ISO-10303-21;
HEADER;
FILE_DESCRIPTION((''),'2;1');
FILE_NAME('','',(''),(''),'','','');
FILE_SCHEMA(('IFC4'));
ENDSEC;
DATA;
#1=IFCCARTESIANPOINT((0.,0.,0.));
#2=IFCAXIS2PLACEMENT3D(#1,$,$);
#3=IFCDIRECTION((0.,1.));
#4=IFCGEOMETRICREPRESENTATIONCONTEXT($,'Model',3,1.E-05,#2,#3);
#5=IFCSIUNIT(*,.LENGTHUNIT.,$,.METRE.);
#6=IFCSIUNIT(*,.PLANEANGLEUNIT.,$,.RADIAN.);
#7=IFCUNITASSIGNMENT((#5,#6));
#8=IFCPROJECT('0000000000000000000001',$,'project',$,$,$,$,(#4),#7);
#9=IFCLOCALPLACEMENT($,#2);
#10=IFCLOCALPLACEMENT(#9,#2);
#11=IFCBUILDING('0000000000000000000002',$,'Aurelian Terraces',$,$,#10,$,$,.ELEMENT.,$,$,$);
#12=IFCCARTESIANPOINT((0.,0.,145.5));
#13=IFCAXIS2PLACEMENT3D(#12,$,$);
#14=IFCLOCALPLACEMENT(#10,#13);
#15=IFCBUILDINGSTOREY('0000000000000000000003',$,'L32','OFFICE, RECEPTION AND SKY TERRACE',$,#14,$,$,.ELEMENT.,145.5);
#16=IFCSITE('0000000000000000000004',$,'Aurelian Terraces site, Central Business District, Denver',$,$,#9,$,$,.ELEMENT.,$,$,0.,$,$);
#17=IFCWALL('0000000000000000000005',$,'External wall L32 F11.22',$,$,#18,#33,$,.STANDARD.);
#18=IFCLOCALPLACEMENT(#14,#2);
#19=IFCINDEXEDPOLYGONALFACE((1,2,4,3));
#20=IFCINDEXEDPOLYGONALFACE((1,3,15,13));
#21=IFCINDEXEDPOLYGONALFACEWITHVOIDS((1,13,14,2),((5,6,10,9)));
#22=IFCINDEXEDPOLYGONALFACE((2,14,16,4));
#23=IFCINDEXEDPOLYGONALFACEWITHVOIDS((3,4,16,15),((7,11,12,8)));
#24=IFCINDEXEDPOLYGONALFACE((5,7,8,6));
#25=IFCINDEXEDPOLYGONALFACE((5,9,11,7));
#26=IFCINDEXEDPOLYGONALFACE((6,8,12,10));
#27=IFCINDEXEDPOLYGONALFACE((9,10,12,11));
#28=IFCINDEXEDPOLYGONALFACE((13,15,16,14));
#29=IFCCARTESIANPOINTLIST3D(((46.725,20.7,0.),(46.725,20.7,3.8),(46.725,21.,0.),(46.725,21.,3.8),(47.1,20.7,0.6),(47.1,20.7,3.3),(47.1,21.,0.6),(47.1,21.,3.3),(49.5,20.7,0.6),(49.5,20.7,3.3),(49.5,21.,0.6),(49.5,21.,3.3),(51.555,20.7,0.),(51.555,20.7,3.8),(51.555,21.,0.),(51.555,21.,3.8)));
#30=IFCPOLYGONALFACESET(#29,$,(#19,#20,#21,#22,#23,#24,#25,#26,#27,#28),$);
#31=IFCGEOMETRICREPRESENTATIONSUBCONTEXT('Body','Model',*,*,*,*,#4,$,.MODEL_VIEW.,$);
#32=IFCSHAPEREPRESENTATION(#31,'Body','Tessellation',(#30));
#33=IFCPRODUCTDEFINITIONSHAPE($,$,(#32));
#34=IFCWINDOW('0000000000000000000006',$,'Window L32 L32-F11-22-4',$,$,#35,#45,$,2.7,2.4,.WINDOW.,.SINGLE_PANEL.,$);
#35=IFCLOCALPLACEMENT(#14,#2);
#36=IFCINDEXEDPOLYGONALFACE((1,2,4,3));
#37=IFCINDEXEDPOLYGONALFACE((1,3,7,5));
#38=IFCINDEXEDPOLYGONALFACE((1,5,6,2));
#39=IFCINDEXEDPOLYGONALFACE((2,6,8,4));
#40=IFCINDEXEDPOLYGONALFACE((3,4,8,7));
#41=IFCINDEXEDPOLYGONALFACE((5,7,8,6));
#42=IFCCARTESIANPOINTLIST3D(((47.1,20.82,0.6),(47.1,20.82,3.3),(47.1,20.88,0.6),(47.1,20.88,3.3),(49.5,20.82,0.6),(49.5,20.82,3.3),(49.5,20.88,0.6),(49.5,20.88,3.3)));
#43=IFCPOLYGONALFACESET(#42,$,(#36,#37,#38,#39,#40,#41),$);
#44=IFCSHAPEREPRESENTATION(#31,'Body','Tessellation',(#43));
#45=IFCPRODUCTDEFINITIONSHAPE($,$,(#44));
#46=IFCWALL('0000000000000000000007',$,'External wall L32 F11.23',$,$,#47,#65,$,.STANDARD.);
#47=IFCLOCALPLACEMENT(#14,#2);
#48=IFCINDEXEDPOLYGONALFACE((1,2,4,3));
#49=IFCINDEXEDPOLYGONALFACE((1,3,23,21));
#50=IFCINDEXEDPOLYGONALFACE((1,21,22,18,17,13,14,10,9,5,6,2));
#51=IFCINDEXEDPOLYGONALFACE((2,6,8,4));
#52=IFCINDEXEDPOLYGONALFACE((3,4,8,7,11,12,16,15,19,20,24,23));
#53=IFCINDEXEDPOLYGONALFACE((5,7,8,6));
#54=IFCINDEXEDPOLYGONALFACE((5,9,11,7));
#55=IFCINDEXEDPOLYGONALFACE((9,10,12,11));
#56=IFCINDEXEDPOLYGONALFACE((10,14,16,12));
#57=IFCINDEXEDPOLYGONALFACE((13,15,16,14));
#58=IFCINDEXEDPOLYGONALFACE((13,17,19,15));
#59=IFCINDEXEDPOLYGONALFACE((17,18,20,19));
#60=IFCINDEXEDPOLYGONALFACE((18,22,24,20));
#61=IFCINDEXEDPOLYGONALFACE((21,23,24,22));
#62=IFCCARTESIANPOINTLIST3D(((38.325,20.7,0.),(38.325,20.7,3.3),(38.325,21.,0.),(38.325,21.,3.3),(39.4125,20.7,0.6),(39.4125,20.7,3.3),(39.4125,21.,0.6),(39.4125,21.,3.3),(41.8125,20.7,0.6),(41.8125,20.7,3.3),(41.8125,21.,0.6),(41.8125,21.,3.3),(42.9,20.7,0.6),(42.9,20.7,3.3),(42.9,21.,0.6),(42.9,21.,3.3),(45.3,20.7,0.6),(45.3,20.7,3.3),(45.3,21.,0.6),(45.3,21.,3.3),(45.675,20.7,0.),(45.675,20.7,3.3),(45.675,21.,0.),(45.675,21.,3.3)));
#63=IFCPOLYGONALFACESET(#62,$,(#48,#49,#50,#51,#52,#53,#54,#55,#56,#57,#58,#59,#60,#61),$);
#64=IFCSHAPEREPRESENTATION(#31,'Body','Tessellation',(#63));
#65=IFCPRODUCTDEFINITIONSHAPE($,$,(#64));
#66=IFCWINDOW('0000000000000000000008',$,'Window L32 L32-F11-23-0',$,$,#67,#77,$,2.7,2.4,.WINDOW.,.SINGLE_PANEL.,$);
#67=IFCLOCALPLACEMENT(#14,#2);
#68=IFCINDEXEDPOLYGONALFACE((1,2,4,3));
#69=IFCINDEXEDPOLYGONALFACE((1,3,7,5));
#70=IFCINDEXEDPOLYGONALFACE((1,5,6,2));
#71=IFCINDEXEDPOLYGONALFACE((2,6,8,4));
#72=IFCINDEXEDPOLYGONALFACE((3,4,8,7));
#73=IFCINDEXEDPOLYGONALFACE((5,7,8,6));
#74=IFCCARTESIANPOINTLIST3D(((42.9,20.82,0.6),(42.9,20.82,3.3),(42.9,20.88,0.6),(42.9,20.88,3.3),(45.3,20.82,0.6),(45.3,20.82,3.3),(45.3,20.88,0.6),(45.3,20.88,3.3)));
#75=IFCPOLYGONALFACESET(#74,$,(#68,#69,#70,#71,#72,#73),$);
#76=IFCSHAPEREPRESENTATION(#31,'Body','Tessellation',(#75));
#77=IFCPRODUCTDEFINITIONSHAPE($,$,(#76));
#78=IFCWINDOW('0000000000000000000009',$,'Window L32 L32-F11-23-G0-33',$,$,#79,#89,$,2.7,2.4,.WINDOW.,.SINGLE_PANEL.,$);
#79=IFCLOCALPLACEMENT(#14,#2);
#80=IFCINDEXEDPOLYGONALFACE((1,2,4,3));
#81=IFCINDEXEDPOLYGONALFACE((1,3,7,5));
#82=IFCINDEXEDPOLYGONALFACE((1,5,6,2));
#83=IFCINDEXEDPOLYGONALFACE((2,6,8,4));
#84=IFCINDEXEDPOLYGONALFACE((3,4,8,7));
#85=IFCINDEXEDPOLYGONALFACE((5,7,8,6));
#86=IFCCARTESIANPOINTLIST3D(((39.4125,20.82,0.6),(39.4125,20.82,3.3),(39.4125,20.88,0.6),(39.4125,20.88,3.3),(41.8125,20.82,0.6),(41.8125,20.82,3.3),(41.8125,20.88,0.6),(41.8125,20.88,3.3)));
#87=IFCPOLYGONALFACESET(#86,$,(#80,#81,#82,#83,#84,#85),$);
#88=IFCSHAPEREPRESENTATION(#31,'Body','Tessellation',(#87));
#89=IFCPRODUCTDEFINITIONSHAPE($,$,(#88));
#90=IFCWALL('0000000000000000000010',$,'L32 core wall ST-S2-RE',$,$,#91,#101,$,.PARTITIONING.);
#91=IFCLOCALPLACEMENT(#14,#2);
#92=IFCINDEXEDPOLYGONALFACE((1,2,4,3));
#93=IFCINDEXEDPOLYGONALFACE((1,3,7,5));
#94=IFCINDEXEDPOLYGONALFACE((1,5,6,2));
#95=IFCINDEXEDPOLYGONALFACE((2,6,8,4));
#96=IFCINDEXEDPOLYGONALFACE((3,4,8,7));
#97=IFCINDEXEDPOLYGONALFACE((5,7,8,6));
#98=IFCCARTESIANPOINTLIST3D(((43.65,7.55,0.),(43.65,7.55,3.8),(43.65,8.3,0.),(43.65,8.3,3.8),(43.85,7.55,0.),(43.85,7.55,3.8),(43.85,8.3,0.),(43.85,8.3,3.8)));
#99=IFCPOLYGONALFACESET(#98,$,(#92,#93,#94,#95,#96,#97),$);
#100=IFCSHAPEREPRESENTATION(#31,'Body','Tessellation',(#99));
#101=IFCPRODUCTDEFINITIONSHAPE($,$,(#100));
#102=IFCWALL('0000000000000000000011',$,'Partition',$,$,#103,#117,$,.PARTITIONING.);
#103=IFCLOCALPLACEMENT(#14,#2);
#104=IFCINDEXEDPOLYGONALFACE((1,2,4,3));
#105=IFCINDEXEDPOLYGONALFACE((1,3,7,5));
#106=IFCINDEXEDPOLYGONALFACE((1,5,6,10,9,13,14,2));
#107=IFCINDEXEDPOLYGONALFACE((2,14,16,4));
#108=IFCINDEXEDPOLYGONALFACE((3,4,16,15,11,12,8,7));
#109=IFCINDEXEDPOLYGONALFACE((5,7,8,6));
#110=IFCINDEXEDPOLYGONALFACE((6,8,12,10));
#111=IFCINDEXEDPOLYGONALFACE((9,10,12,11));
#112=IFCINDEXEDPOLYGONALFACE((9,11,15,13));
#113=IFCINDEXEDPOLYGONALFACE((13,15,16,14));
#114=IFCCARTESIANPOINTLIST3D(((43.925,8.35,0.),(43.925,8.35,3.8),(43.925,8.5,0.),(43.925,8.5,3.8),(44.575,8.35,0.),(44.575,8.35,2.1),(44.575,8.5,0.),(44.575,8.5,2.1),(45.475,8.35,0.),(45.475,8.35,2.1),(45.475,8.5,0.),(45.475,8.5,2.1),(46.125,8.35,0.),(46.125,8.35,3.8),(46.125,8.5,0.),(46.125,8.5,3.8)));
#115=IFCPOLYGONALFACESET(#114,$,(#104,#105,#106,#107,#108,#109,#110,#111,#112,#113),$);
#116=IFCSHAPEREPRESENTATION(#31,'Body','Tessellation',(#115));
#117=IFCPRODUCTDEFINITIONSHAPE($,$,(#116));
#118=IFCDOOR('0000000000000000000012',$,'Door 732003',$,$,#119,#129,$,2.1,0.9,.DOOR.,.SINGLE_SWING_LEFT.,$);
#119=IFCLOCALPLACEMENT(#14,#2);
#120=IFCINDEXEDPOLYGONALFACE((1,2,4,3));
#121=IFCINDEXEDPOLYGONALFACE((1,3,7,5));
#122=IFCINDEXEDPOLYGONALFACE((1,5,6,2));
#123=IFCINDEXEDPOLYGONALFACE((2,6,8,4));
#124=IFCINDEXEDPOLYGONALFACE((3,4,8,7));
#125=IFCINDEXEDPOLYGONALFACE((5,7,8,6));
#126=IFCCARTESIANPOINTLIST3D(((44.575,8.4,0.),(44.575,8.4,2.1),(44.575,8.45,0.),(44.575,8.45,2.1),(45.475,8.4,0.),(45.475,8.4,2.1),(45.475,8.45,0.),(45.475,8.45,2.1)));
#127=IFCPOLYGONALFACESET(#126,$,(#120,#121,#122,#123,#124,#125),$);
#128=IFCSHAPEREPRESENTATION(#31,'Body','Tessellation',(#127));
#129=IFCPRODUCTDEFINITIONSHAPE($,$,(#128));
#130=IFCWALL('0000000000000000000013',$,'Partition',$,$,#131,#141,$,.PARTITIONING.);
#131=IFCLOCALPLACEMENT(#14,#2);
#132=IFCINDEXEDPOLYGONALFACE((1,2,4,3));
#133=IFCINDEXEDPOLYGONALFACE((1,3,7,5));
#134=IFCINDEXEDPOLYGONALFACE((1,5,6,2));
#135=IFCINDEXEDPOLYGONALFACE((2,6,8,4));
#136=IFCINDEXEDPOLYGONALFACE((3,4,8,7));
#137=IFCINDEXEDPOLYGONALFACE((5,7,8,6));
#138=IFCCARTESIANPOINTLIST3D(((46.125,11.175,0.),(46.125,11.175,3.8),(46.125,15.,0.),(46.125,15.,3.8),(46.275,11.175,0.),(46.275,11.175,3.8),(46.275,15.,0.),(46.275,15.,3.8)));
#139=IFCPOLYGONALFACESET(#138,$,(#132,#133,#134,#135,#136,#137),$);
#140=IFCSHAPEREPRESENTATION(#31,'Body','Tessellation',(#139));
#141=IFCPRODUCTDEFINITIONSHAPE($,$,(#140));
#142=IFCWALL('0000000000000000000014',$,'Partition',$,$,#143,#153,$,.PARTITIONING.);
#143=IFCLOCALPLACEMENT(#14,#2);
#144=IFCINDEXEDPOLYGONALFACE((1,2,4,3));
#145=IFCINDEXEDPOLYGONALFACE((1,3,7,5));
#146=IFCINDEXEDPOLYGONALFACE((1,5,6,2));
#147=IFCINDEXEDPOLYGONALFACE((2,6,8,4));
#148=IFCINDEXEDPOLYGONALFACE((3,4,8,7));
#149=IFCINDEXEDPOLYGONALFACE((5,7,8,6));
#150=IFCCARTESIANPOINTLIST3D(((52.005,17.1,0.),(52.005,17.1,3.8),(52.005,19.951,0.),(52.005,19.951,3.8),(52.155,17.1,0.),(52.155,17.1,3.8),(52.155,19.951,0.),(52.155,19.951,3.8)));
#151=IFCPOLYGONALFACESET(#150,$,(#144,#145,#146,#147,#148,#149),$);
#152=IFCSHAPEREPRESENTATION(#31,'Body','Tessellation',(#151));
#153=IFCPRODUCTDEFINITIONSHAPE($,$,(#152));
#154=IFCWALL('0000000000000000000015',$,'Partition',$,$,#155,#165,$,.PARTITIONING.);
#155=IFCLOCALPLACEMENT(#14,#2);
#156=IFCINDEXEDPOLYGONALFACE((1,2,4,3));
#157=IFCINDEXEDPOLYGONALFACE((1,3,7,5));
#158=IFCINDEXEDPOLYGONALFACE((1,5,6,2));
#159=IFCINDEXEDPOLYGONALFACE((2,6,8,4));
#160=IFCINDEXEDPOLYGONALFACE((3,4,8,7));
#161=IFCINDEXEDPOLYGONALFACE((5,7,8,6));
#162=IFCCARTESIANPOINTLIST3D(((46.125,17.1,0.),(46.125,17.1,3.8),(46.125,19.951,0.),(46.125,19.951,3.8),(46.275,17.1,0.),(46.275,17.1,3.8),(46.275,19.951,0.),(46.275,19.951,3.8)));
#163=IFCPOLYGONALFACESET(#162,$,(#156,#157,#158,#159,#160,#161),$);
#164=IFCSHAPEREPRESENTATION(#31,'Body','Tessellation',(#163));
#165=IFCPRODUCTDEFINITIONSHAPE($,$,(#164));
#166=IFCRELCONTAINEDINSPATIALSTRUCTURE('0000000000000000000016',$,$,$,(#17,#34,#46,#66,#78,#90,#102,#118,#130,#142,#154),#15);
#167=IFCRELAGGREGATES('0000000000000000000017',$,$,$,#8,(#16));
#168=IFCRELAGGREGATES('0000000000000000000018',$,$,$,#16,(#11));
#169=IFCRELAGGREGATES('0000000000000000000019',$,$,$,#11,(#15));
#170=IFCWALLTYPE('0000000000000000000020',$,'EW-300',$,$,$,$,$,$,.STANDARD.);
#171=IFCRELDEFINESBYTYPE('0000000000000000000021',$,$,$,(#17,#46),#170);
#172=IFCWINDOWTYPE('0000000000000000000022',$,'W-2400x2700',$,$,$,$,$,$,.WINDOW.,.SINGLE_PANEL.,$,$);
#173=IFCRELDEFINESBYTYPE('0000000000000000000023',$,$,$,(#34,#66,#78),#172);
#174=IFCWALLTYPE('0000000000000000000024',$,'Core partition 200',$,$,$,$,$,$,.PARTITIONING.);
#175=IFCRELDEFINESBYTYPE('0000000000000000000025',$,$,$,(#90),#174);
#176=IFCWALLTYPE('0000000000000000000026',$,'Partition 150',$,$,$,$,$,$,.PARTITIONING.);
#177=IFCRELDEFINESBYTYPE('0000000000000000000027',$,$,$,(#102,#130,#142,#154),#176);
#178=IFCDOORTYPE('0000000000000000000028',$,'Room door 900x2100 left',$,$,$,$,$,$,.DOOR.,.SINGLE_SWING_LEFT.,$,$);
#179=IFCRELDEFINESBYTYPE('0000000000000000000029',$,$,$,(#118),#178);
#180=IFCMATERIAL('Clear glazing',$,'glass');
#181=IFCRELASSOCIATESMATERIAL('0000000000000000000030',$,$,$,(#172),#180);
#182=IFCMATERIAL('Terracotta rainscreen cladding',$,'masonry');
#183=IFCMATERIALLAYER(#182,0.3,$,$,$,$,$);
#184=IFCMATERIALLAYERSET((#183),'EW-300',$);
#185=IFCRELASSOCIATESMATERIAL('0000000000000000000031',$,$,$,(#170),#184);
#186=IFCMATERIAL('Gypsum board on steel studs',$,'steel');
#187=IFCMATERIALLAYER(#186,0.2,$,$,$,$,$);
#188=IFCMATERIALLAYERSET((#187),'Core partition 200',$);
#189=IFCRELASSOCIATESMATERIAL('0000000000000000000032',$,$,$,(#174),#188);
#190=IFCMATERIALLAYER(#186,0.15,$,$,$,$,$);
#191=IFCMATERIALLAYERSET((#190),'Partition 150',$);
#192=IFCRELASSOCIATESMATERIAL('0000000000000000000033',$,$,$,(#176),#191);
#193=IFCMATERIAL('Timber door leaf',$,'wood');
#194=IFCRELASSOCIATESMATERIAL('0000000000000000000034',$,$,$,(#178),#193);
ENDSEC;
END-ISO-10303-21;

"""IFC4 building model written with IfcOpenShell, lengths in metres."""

from ifc_helpers import new_model, si_unit, direction, frame, frame_2d, origin, place, context, subcontext, project, spatial, rectangle, extrude, source, transform, mapped, material, layer, layer_set, type_object, element, fill, save


model = new_model("IFC4")

# Units and contexts
model_context = context("Model", 3, precision=1e-05, world=origin(), true_north=direction((0.0, 1.0)))
body_context = subcontext(model_context, "Body", "Model", "MODEL_VIEW")
ifc_project = project(units=[si_unit("LENGTHUNIT", "METRE"), si_unit("PLANEANGLEUNIT", "RADIAN")], contexts=[model_context])

# Site, building, storey
site_placement = place(None, origin())
site = spatial("IfcSite", under=ifc_project, at=site_placement, Name="Aurelian Terraces site, Central Business District, Denver", CompositionType="ELEMENT", RefElevation=0.0)
building_placement = place(site_placement, origin())
building = spatial("IfcBuilding", under=site, at=building_placement, Name="Aurelian Terraces", CompositionType="ELEMENT")
storey_placement = place(building_placement, frame((0.0, 0.0, 145.5)))
storey = spatial("IfcBuildingStorey", under=building, at=storey_placement, Name="L32", Description="OFFICE, RECEPTION AND SKY TERRACE", CompositionType="ELEMENT", Elevation=145.5)

# Shared definitions
ifc_material_1 = material(Name="Clear glazing", Category="glass")
window_type = type_object("IfcWindowType", Name="W-2400x2700", PartitioningType="SINGLE_PANEL", PredefinedType="WINDOW", material=ifc_material_1)
shared_shape_1 = source(origin(), body_context, "Body", "SweptSolid", [
    extrude(rectangle(XDim=2.4, YDim=2.7, at=frame_2d((1.2, 1.35))), frame((0.0, 0.03, 0.0), z_axis=(0.0, -1.0, 0.0), x_axis=(1.0, 0.0, 0.0)), (0.0, 0.0, 1.0), 0.06),
])

# Shared definitions
ifc_material_2 = material(Name="Terracotta rainscreen cladding", Category="masonry")
ifc_layer_1 = layer(ifc_material_2, 0.3)
ifc_layer_set_1 = layer_set([ifc_layer_1], Name="EW-300")
wall_type_1 = type_object("IfcWallType", Name="EW-300", PredefinedType="STANDARD", material=ifc_layer_set_1)
shared_shape_2 = source(origin(), body_context, "Body", "SweptSolid", [
    extrude(rectangle(XDim=4.83, YDim=0.3, at=frame_2d((2.415, 0.0))), origin(), (0.0, 0.0, 1.0), 3.8),
])
ifc_material_3 = material(Name="Timber door leaf", Category="wood")

# Wall, opening, window
wall_1_placement = place(storey_placement, frame((51.555, 20.85, 0.0), z_axis=(0.0, 0.0, 1.0), x_axis=(-1.0, 0.0, 0.0)))
wall_1 = element("IfcWall", 1, at=wall_1_placement, inside=storey, type_object=wall_type_1, Name="External wall L32 F11.22", PredefinedType="STANDARD", context=body_context, shape_type="MappedRepresentation", body=[
    mapped(shared_shape_2, transform((0.0, 0.0, 0.0), scale=1.0)),
])
shared_shape_3 = source(origin(), body_context, "Body", "SweptSolid", [
    extrude(rectangle(XDim=2.4, YDim=2.7, at=frame_2d((1.2, 1.35))), frame((0.0, 0.16, 0.0), z_axis=(0.0, -1.0, 0.0), x_axis=(1.0, 0.0, 0.0)), (0.0, 0.0, 1.0), 0.32),
])
opening_1_placement = place(wall_1_placement, frame((2.055, 0.0, 0.6)))
opening_1 = element("IfcOpeningElement", 2, at=opening_1_placement, cuts=wall_1, PredefinedType="OPENING", context=body_context, shape_type="MappedRepresentation", body=[
    mapped(shared_shape_3, transform((0.0, 0.0, 0.0), scale=1.0)),
])
window_1_placement = place(opening_1_placement, origin())
window_1 = element("IfcWindow", 3, at=window_1_placement, inside=storey, type_object=window_type, Name="Window L32 L32-F11-22-4", OverallHeight=2.7, OverallWidth=2.4, PartitioningType="SINGLE_PANEL", PredefinedType="WINDOW", context=body_context, shape_type="MappedRepresentation", body=[
    mapped(shared_shape_1, transform((0.0, 0.0, 0.0), scale=1.0)),
])
fill(opening_1, window_1)

# Wall, openings, windows
shared_shape_4 = source(origin(), body_context, "Body", "SweptSolid", [
    extrude(rectangle(XDim=7.35, YDim=0.3, at=frame_2d((3.675, 0.0))), origin(), (0.0, 0.0, 1.0), 3.3),
])
wall_2_placement = place(storey_placement, frame((45.675, 20.85, 0.0), z_axis=(0.0, 0.0, 1.0), x_axis=(-1.0, 0.0, 0.0)))
wall_2 = element("IfcWall", 4, at=wall_2_placement, inside=storey, type_object=wall_type_1, Name="External wall L32 F11.23", PredefinedType="STANDARD", context=body_context, shape_type="MappedRepresentation", body=[
    mapped(shared_shape_4, transform((0.0, 0.0, 0.0), scale=1.0)),
])
opening_2_placement = place(wall_2_placement, frame((0.375, 0.0, 0.6)))
opening_2 = element("IfcOpeningElement", 5, at=opening_2_placement, cuts=wall_2, PredefinedType="OPENING", context=body_context, shape_type="MappedRepresentation", body=[
    mapped(shared_shape_3, transform((0.0, 0.0, 0.0), scale=1.0)),
])
opening_3_placement = place(wall_2_placement, frame((3.8625, 0.0, 0.6)))
opening_3 = element("IfcOpeningElement", 6, at=opening_3_placement, cuts=wall_2, PredefinedType="OPENING", context=body_context, shape_type="MappedRepresentation", body=[
    mapped(shared_shape_3, transform((0.0, 0.0, 0.0), scale=1.0)),
])
window_2_placement = place(opening_2_placement, origin())
window_2 = element("IfcWindow", 7, at=window_2_placement, inside=storey, type_object=window_type, Name="Window L32 L32-F11-23-0", OverallHeight=2.7, OverallWidth=2.4, PartitioningType="SINGLE_PANEL", PredefinedType="WINDOW", context=body_context, shape_type="MappedRepresentation", body=[
    mapped(shared_shape_1, transform((0.0, 0.0, 0.0), scale=1.0)),
])
fill(opening_2, window_2)
window_3_placement = place(opening_3_placement, origin())
window_3 = element("IfcWindow", 8, at=window_3_placement, inside=storey, type_object=window_type, Name="Window L32 L32-F11-23-G0-33", OverallHeight=2.7, OverallWidth=2.4, PartitioningType="SINGLE_PANEL", PredefinedType="WINDOW", context=body_context, shape_type="MappedRepresentation", body=[
    mapped(shared_shape_1, transform((0.0, 0.0, 0.0), scale=1.0)),
])
fill(opening_3, window_3)

# Wall
ifc_material_4 = material(Name="Gypsum board on steel studs", Category="steel")
ifc_layer_2 = layer(ifc_material_4, 0.2)
ifc_layer_set_2 = layer_set([ifc_layer_2], Name="Core partition 200")
wall_type_2 = type_object("IfcWallType", Name="Core partition 200", PredefinedType="PARTITIONING", material=ifc_layer_set_2)
shared_shape_5 = source(origin(), body_context, "Body", "SweptSolid", [
    extrude(rectangle(XDim=0.75, YDim=0.2, at=frame_2d((0.375, 0.0))), origin(), (0.0, 0.0, 1.0), 3.8),
])
wall_3_placement = place(storey_placement, frame((43.75, 7.55, 0.0), z_axis=(0.0, 0.0, 1.0), x_axis=(0.0, 1.0, 0.0)))
element("IfcWall", 9, at=wall_3_placement, inside=storey, type_object=wall_type_2, Name="L32 core wall ST-S2-RE", PredefinedType="PARTITIONING", context=body_context, shape_type="MappedRepresentation", body=[
    mapped(shared_shape_5, transform((0.0, 0.0, 0.0), scale=1.0)),
])

# Wall, opening, door
ifc_layer_3 = layer(ifc_material_4, 0.15)
ifc_layer_set_3 = layer_set([ifc_layer_3], Name="Partition 150")
wall_type_3 = type_object("IfcWallType", Name="Partition 150", PredefinedType="PARTITIONING", material=ifc_layer_set_3)
shared_shape_6 = source(origin(), body_context, "Body", "SweptSolid", [
    extrude(rectangle(XDim=2.2, YDim=0.15, at=frame_2d((1.1, 0.0))), origin(), (0.0, 0.0, 1.0), 3.8),
])
wall_4_placement = place(storey_placement, frame((46.125, 8.425, 0.0), z_axis=(0.0, 0.0, 1.0), x_axis=(-1.0, 0.0, 0.0)))
wall_4 = element("IfcWall", 10, at=wall_4_placement, inside=storey, type_object=wall_type_3, Name="Partition", PredefinedType="PARTITIONING", context=body_context, shape_type="MappedRepresentation", body=[
    mapped(shared_shape_6, transform((0.0, 0.0, 0.0), scale=1.0)),
])
shared_shape_7 = source(origin(), body_context, "Body", "SweptSolid", [
    extrude(rectangle(XDim=0.9, YDim=2.1, at=frame_2d((0.45, 1.05))), frame((0.0, 0.085, 0.0), z_axis=(0.0, -1.0, 0.0), x_axis=(1.0, 0.0, 0.0)), (0.0, 0.0, 1.0), 0.17),
])
opening_4_placement = place(wall_4_placement, frame((0.65, 0.0, 0.0)))
opening_4 = element("IfcOpeningElement", 11, at=opening_4_placement, cuts=wall_4, PredefinedType="OPENING", context=body_context, shape_type="MappedRepresentation", body=[
    mapped(shared_shape_7, transform((0.0, 0.0, 0.0), scale=1.0)),
])
door_type_1 = type_object("IfcDoorType", Name="Room door 900x2100 left", OperationType="SINGLE_SWING_LEFT", PredefinedType="DOOR", material=ifc_material_3)
shared_shape_8 = source(origin(), body_context, "Body", "SweptSolid", [
    extrude(rectangle(XDim=0.9, YDim=2.1, at=frame_2d((0.45, 1.05))), frame((0.0, 0.025, 0.0), z_axis=(0.0, -1.0, 0.0), x_axis=(1.0, 0.0, 0.0)), (0.0, 0.0, 1.0), 0.05),
])
door_1_placement = place(opening_4_placement, origin())
door_1 = element("IfcDoor", 12, at=door_1_placement, inside=storey, type_object=door_type_1, Name="Door 732003", OperationType="SINGLE_SWING_LEFT", OverallHeight=2.1, OverallWidth=0.9, PredefinedType="DOOR", context=body_context, shape_type="MappedRepresentation", body=[
    mapped(shared_shape_8, transform((0.0, 0.0, 0.0), scale=1.0)),
])
fill(opening_4, door_1)

# Walls
shared_shape_9 = source(origin(), body_context, "Body", "SweptSolid", [
    extrude(rectangle(XDim=3.825, YDim=0.15, at=frame_2d((1.9125, 0.0))), origin(), (0.0, 0.0, 1.0), 3.8),
])
wall_5_placement = place(storey_placement, frame((46.2, 11.175, 0.0), z_axis=(0.0, 0.0, 1.0), x_axis=(0.0, 1.0, 0.0)))
element("IfcWall", 13, at=wall_5_placement, inside=storey, type_object=wall_type_3, Name="Partition", PredefinedType="PARTITIONING", context=body_context, shape_type="MappedRepresentation", body=[
    mapped(shared_shape_9, transform((0.0, 0.0, 0.0), scale=1.0)),
])
shared_shape_10 = source(origin(), body_context, "Body", "SweptSolid", [
    extrude(rectangle(XDim=2.851, YDim=0.15, at=frame_2d((1.4255, 0.0))), origin(), (0.0, 0.0, 1.0), 3.8),
])
for number, where, z_axis, x_axis, name in (
    (14, (52.08, 19.951, 0.0), (0.0, 0.0, 1.0), (0.0, -1.0, 0.0), "Partition"),
    (15, (46.2, 17.1, 0.0), (0.0, 0.0, 1.0), (0.0, 1.0, 0.0), "Partition"),
):
    element("IfcWall", number, at=place(storey_placement, frame(where, z_axis=z_axis, x_axis=x_axis)), inside=storey, type_object=wall_type_3, Name=name, PredefinedType="PARTITIONING", context=body_context, shape_type="MappedRepresentation", body=[
        mapped(shared_shape_10, transform((0.0, 0.0, 0.0), scale=1.0)),
    ])

save(model, "model.ifc")
